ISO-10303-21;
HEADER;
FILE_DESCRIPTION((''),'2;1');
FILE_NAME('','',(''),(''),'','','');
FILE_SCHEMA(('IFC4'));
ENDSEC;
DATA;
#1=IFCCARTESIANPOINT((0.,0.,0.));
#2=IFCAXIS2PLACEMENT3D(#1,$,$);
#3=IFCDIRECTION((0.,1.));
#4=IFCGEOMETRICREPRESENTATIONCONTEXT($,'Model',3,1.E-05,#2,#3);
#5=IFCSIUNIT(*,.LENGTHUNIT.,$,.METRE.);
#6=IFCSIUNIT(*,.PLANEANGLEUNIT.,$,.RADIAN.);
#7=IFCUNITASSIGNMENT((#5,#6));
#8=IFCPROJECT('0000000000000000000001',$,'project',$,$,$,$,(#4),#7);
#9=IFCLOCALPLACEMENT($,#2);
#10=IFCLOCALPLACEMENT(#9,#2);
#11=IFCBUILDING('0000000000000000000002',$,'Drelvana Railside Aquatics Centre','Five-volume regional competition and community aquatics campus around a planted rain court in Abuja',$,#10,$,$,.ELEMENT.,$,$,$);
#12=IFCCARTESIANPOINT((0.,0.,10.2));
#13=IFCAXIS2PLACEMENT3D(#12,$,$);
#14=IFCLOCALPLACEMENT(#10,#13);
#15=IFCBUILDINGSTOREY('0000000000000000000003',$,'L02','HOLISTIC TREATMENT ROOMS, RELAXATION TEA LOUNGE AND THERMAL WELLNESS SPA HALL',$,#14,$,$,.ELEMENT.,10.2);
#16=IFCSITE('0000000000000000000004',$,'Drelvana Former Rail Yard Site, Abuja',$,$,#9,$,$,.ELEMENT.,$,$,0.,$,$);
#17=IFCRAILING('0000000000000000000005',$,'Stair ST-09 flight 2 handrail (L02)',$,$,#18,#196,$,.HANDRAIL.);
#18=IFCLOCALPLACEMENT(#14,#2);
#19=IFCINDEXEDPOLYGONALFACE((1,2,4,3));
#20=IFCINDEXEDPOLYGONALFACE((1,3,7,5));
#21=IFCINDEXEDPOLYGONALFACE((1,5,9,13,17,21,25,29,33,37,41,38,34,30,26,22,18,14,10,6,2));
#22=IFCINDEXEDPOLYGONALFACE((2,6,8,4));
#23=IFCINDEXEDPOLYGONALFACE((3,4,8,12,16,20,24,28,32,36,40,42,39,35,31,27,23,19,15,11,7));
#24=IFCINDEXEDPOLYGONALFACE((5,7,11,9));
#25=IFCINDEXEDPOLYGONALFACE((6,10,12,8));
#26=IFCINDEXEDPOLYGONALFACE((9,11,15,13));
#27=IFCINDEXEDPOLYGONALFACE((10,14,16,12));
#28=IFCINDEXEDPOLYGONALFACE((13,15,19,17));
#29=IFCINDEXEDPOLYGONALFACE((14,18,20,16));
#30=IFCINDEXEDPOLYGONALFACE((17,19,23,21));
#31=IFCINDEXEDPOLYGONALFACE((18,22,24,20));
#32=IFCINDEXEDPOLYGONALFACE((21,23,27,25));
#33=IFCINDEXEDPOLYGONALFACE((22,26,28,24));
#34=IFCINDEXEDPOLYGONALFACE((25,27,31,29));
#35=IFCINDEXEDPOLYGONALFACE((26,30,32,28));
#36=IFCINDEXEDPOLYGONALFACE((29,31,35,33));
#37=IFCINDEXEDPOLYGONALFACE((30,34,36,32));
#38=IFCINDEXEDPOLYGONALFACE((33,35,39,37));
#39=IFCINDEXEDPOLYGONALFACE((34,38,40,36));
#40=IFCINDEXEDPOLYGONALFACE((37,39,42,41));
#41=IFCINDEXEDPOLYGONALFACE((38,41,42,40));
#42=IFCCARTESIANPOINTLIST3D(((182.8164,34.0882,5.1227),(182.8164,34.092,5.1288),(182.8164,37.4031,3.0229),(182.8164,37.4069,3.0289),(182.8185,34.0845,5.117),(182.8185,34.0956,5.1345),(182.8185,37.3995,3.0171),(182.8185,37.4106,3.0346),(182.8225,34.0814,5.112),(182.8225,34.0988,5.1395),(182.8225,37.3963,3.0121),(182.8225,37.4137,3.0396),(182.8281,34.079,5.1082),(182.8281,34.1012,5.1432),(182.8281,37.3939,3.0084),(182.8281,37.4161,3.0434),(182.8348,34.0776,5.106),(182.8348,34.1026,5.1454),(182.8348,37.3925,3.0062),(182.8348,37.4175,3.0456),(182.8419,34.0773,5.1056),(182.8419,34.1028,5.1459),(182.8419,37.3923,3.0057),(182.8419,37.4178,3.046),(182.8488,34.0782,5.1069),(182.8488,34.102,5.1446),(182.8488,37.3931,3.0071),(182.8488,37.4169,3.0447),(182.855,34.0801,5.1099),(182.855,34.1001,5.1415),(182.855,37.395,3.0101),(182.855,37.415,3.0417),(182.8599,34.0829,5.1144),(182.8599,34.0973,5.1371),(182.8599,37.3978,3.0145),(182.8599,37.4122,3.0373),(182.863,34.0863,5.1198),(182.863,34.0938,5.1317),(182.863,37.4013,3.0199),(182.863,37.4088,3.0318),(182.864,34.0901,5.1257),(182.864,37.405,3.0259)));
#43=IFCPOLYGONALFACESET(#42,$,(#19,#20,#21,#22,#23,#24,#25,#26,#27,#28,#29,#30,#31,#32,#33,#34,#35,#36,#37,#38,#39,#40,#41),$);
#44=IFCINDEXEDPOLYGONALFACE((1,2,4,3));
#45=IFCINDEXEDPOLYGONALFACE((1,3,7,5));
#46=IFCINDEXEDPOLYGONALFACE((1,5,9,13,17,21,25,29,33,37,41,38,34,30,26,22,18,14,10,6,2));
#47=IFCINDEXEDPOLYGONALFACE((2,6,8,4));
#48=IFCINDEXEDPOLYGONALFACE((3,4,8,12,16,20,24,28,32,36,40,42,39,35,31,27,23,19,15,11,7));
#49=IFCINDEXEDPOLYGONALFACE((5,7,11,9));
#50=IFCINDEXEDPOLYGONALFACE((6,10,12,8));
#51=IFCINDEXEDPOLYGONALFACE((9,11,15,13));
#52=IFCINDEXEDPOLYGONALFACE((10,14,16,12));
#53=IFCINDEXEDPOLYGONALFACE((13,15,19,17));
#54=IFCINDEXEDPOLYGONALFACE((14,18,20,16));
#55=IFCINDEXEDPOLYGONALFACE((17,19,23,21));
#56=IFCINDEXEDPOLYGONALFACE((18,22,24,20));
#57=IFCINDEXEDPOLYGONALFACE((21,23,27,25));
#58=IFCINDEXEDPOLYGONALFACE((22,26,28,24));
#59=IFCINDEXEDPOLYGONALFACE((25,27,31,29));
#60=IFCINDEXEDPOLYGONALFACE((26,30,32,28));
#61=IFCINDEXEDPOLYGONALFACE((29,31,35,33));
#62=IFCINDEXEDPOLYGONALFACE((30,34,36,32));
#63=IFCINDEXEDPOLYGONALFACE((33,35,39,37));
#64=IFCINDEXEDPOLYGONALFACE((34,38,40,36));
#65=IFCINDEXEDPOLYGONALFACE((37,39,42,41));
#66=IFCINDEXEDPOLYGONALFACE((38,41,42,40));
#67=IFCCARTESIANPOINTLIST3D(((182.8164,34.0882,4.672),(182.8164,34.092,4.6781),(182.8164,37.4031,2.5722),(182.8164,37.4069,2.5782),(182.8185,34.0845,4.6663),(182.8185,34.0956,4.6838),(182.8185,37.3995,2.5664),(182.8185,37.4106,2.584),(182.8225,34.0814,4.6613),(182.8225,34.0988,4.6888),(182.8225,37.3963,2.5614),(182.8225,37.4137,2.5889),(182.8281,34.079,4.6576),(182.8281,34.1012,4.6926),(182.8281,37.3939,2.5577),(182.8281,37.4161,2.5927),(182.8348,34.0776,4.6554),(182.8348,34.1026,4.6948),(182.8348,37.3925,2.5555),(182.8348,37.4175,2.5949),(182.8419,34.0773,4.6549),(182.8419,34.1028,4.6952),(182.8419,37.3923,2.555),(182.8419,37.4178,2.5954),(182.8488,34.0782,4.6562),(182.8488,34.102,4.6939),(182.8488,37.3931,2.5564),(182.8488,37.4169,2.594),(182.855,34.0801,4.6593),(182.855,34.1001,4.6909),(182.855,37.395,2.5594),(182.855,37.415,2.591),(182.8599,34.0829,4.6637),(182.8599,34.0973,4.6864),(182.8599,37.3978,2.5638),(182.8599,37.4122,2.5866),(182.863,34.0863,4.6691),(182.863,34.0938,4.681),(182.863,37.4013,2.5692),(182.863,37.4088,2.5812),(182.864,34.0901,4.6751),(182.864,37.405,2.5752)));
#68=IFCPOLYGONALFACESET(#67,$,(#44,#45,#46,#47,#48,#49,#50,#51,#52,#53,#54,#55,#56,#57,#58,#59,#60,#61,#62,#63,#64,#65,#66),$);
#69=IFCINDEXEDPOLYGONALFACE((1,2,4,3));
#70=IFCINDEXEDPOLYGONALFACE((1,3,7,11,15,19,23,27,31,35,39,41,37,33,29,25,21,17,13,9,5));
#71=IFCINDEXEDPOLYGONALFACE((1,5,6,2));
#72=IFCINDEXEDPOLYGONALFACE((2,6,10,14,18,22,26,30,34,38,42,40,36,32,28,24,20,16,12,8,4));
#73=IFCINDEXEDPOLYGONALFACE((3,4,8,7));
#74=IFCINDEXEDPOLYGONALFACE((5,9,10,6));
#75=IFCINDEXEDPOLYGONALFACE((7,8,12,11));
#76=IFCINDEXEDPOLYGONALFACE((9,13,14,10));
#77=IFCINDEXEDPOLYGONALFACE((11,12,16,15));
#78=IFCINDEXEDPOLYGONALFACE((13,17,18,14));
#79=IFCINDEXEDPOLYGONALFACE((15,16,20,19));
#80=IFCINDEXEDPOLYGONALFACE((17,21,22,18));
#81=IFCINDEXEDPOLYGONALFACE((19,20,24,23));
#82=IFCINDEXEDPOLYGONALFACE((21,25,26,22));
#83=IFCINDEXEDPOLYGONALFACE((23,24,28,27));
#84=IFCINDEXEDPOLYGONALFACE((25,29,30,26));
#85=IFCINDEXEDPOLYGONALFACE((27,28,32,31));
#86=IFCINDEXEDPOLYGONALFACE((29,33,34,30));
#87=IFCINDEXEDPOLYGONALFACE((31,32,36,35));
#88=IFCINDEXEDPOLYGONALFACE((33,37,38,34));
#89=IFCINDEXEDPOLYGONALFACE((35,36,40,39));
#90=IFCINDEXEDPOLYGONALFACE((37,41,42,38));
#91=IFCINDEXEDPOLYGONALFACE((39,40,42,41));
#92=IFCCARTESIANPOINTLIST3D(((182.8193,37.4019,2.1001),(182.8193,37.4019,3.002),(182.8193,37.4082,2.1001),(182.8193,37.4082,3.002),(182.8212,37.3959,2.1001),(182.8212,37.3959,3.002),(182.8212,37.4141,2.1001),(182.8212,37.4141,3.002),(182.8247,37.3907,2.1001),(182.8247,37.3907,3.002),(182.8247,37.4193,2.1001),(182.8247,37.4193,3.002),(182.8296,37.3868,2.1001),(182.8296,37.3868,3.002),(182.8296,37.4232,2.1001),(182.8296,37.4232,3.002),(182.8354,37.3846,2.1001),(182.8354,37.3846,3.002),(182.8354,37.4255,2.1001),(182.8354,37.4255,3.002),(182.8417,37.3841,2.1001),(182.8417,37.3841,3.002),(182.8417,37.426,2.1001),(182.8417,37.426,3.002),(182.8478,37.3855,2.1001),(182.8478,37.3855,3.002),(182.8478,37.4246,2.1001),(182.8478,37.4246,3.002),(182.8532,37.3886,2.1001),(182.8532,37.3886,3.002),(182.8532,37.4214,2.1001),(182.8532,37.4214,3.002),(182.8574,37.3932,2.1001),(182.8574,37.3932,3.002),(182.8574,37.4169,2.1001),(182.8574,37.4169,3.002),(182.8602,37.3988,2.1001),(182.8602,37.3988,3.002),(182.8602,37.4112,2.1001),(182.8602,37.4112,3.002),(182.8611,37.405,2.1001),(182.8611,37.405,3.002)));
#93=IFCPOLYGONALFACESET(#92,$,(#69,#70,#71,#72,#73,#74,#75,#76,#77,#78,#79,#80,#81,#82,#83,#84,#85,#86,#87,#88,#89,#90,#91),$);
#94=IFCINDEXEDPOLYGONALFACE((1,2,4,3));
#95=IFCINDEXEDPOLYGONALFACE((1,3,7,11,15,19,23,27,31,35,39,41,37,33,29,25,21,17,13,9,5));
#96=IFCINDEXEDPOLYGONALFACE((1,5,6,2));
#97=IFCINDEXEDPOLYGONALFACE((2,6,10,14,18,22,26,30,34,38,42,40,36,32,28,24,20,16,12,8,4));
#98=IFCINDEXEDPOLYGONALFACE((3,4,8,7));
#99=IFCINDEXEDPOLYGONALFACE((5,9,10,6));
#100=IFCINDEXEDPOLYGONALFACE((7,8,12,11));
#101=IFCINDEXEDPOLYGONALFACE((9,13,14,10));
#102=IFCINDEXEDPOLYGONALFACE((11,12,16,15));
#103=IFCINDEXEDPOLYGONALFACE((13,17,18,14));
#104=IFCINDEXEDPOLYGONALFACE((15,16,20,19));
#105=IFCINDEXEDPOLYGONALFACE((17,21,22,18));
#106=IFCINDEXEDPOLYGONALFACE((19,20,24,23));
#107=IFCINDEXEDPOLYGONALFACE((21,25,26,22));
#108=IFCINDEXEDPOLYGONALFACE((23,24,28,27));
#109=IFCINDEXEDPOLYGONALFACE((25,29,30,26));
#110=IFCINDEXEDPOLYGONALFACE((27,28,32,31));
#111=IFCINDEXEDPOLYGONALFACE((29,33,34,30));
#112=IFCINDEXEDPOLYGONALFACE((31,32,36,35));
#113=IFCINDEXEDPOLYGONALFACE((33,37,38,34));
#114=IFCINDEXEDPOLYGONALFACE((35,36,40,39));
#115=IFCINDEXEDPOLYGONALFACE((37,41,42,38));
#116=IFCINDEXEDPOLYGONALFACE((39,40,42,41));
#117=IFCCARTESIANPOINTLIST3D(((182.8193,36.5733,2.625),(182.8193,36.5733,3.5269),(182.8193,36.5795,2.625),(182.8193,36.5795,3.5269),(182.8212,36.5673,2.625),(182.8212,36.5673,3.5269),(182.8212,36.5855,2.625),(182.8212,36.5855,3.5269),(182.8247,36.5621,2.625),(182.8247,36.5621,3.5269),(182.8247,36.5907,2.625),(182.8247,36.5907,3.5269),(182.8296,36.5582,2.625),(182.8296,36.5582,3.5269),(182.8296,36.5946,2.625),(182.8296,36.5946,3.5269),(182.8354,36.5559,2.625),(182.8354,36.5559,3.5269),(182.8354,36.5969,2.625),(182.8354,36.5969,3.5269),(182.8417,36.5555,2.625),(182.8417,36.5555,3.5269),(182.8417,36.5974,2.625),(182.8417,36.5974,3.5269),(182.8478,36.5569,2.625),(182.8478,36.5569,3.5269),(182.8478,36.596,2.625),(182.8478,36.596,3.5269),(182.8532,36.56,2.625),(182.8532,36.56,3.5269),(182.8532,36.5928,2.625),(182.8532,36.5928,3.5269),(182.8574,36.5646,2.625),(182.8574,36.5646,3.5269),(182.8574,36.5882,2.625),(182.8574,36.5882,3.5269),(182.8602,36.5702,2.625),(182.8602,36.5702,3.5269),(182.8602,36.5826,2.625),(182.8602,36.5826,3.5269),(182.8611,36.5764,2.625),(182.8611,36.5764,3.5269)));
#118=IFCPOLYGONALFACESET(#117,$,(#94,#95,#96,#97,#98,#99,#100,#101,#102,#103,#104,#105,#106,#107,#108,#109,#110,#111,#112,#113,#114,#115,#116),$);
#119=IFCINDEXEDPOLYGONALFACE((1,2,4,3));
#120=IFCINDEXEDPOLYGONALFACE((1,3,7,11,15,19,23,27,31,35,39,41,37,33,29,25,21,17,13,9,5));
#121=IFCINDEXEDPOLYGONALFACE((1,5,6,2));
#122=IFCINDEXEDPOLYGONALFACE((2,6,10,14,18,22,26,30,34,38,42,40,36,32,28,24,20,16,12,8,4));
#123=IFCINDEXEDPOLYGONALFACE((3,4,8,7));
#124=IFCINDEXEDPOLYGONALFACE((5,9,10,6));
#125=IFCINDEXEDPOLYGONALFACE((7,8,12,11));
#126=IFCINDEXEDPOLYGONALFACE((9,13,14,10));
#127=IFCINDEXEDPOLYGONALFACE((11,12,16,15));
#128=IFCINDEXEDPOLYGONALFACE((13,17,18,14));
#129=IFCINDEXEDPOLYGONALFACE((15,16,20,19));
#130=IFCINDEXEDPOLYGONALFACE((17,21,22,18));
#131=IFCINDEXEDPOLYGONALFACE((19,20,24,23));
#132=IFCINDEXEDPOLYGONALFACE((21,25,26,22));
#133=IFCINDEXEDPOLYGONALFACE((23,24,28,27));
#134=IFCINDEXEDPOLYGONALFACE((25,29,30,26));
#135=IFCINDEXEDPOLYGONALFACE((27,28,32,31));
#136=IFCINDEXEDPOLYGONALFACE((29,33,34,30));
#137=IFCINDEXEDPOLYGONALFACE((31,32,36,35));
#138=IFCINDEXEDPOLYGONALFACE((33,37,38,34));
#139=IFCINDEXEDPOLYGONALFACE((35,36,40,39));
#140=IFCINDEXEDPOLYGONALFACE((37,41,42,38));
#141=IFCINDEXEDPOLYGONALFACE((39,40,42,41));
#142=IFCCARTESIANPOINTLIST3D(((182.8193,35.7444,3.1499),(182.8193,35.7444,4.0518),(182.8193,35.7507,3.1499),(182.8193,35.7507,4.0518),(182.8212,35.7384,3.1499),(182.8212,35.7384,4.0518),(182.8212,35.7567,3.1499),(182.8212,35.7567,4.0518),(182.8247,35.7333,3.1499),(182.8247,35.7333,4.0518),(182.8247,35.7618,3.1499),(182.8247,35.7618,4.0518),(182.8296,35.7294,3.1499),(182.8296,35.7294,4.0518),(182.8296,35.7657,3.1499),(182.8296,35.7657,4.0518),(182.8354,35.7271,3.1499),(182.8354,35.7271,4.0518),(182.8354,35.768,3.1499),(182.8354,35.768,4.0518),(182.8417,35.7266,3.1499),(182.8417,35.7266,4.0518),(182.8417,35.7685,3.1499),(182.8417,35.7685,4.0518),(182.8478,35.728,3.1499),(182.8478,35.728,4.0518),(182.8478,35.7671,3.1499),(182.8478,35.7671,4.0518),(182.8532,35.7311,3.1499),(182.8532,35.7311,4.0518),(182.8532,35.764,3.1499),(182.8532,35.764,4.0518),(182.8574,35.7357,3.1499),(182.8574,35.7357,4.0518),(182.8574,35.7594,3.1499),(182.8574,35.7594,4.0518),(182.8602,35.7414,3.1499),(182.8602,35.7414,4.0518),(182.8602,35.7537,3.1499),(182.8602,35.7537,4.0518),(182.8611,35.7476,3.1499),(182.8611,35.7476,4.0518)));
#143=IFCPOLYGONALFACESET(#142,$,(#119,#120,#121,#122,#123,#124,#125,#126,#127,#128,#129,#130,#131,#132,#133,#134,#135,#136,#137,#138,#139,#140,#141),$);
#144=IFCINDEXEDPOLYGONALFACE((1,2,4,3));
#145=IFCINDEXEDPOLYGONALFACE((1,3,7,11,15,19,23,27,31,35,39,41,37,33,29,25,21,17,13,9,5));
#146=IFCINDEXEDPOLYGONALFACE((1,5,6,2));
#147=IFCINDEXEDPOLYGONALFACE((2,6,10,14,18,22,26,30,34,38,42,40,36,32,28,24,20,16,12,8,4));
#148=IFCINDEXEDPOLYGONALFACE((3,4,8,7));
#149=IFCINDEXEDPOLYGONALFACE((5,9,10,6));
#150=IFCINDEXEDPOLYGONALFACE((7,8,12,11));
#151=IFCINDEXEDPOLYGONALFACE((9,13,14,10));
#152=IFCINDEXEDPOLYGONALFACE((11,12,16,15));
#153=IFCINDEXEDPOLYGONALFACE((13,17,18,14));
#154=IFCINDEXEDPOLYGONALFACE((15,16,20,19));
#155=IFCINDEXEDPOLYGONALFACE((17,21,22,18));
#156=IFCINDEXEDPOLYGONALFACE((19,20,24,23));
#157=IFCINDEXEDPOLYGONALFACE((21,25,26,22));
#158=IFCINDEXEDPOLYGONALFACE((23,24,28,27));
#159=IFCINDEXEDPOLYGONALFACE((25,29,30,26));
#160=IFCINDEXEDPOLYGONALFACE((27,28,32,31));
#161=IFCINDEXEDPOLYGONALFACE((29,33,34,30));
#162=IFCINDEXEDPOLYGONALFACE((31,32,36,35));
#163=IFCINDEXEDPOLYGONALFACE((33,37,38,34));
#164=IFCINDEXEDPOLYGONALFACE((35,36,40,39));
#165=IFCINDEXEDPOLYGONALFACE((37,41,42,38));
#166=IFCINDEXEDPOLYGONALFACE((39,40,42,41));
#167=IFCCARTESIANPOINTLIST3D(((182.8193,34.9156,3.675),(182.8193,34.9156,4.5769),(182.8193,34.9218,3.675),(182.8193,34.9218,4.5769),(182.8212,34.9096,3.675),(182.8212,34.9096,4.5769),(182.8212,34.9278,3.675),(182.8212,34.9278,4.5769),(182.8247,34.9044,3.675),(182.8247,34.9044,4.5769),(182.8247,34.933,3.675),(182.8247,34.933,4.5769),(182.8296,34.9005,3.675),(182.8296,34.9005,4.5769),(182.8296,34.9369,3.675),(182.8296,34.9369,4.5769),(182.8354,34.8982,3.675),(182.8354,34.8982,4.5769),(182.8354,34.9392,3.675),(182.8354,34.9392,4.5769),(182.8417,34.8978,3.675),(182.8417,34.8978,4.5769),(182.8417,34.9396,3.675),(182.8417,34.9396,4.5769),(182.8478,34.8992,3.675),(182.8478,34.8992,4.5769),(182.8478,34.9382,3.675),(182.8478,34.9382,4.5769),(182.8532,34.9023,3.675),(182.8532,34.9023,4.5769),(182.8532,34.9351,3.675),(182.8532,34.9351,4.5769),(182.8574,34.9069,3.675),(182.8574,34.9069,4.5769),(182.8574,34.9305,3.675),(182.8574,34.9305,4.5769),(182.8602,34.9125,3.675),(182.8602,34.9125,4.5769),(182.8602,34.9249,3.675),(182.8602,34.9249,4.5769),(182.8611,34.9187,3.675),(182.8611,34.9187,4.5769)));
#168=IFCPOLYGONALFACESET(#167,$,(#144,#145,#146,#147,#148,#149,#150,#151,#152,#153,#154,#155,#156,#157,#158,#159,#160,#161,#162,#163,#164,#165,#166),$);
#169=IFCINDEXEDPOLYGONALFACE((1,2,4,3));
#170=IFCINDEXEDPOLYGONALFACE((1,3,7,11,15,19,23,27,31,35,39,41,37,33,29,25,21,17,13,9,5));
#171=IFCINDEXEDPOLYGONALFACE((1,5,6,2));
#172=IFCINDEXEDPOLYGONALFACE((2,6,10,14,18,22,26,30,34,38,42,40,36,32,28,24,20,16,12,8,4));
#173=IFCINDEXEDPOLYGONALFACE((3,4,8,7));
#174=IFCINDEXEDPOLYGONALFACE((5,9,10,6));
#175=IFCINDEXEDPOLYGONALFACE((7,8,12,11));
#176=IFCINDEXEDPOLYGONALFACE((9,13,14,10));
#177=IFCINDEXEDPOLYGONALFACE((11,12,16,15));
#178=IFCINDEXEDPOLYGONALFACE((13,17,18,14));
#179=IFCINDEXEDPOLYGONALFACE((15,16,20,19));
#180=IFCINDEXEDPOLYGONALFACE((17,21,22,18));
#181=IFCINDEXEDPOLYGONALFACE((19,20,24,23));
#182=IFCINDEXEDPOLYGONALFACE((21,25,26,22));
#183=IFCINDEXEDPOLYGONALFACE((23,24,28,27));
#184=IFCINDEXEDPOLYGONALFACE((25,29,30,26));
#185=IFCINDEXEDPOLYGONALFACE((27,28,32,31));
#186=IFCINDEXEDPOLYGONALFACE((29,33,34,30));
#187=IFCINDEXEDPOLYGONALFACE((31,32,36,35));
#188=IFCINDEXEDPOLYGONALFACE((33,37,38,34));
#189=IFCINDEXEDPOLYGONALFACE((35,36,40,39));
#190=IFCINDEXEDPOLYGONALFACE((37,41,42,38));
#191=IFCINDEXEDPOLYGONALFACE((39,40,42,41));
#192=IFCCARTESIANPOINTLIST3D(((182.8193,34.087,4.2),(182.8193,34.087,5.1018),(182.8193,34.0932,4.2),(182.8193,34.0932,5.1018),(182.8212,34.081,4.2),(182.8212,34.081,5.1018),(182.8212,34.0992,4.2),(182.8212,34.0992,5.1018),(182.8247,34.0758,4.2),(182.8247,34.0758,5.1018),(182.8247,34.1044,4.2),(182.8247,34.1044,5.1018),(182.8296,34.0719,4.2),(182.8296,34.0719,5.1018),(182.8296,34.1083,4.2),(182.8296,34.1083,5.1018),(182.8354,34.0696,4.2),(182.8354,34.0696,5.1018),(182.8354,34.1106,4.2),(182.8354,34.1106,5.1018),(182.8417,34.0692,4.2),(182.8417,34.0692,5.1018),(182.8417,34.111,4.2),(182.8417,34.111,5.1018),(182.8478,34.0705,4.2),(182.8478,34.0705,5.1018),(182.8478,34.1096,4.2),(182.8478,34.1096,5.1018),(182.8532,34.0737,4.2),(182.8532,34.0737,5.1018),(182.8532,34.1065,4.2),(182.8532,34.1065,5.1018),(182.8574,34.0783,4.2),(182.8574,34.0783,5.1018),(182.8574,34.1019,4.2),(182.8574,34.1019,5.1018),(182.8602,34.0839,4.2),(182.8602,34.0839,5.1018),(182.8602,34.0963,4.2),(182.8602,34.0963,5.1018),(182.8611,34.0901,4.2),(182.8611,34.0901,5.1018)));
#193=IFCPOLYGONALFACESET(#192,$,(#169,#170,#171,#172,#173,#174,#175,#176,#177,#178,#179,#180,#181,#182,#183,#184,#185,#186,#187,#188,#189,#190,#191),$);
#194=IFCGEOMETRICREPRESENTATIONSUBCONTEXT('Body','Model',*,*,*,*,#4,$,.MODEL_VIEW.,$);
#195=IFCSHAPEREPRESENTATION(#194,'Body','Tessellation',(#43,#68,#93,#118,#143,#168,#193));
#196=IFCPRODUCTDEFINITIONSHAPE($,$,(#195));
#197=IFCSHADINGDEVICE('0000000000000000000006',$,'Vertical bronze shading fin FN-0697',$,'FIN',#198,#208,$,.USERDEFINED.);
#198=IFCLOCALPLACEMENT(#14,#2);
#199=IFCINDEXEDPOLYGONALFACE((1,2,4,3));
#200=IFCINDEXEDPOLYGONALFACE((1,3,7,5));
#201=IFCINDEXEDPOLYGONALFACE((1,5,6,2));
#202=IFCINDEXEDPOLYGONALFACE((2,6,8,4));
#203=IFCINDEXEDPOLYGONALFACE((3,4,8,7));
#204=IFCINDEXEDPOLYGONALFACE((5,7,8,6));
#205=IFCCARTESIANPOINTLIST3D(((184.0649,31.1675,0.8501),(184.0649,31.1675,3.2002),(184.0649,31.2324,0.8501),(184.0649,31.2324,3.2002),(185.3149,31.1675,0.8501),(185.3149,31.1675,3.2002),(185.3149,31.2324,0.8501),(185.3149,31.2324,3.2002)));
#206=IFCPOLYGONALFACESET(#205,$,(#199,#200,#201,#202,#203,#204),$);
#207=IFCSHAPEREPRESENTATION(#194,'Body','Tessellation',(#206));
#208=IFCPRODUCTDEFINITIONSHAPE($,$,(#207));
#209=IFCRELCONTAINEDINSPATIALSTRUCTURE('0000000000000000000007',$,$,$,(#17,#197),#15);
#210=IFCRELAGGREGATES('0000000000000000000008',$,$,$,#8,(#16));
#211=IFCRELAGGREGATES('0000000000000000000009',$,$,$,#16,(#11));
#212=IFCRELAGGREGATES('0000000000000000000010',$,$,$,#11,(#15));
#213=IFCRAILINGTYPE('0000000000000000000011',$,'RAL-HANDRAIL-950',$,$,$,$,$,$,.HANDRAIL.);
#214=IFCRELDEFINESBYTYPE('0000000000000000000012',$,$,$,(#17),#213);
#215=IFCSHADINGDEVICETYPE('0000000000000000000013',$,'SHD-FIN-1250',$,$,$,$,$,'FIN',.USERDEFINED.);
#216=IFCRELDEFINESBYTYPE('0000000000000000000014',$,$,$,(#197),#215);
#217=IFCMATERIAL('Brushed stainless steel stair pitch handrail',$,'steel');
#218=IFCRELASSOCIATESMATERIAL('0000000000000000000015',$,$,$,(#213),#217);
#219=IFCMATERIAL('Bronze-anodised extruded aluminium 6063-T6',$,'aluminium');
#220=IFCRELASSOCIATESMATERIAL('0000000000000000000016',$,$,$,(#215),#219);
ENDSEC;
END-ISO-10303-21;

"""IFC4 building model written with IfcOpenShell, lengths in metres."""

from ifc_helpers import new_model, si_unit, direction, frame, origin, origin_2d, place, context, subcontext, project, spatial, rectangle, circle, extrude, material, type_object, element, save


model = new_model("IFC4")

# Units and contexts
model_context = context("Model", 3, precision=1e-05, world=origin(), true_north=direction((0.0, 1.0)))
body_context = subcontext(model_context, "Body", "Model", "MODEL_VIEW")
ifc_project = project(units=[si_unit("LENGTHUNIT", "METRE"), si_unit("PLANEANGLEUNIT", "RADIAN")], contexts=[model_context])

# Site, building, storey
site_placement = place(None, origin())
site = spatial("IfcSite", under=ifc_project, at=site_placement, Name="Drelvana Former Rail Yard Site, Abuja", CompositionType="ELEMENT", RefElevation=0.0)
building_placement = place(site_placement, origin())
building = spatial("IfcBuilding", under=site, at=building_placement, Name="Drelvana Railside Aquatics Centre", Description="Five-volume regional competition and community aquatics campus around a planted rain court in Abuja", CompositionType="ELEMENT")
storey_placement = place(building_placement, frame((0.0, 0.0, 10.2)))
storey = spatial("IfcBuildingStorey", under=building, at=storey_placement, Name="L02", Description="HOLISTIC TREATMENT ROOMS, RELAXATION TEA LOUNGE AND THERMAL WELLNESS SPA HALL", CompositionType="ELEMENT", Elevation=10.2)

# Shared definitions
ifc_material_1 = material(Name="Bronze-anodised extruded aluminium 6063-T6", Category="aluminium")

# Railing
ifc_material_2 = material(Name="Brushed stainless steel stair pitch handrail", Category="steel")
railing_type = type_object("IfcRailingType", Name="RAL-HANDRAIL-950", PredefinedType="HANDRAIL", material=ifc_material_2)
railing_1_placement = place(storey_placement, frame((182.8401, 37.405, 2.1001)))
element("IfcRailing", 1, at=railing_1_placement, inside=storey, type_object=railing_type, Name="Stair ST-09 flight 2 handrail (L02)", PredefinedType="HANDRAIL", context=body_context, shape_type="SweptSolid", body=[
    extrude(circle(Radius=0.0239, at=origin_2d()), frame((0.0, 0.0, 0.9258), z_axis=(0.0, -0.844774, 0.535123), x_axis=(1.0, 0.0, 0.0)), (0.0, 0.0, 1.0), 3.9241),
    extrude(circle(Radius=0.0239, at=origin_2d()), frame((0.0, 0.0, 0.4751), z_axis=(0.0, -0.844774, 0.535123), x_axis=(1.0, 0.0, 0.0)), (0.0, 0.0, 1.0), 3.9241),
    extrude(circle(Radius=0.021, at=origin_2d()), origin(), (0.0, 0.0, 1.0), 0.9019),
    extrude(circle(Radius=0.021, at=origin_2d()), frame((0.0, -0.8286, 0.5249)), (0.0, 0.0, 1.0), 0.9019),
    extrude(circle(Radius=0.021, at=origin_2d()), frame((0.0, -1.6575, 1.0498)), (0.0, 0.0, 1.0), 0.9019),
    extrude(circle(Radius=0.021, at=origin_2d()), frame((0.0, -2.4863, 1.575)), (0.0, 0.0, 1.0), 0.9019),
    extrude(circle(Radius=0.021, at=origin_2d()), frame((0.0, -3.3149, 2.0999)), (0.0, 0.0, 1.0), 0.9019),
])

# Shading device
shading_device_type = type_object("IfcShadingDeviceType", Name="SHD-FIN-1250", ElementType="FIN", PredefinedType="USERDEFINED", material=ifc_material_1)
shading_device_placement = place(storey_placement, frame((184.6899, 31.2, 0.8501), z_axis=(0.0, 0.0, 1.0), x_axis=(1.0, 0.0, 0.0)))
element("IfcShadingDevice", 2, at=shading_device_placement, inside=storey, type_object=shading_device_type, Name="Vertical bronze shading fin FN-0697", ObjectType="FIN", PredefinedType="USERDEFINED", context=body_context, shape_type="SweptSolid", body=[
    extrude(rectangle(XDim=1.25, YDim=0.0649, at=origin_2d()), origin(), (0.0, 0.0, 1.0), 2.3501),
])

save(model, "model.ifc")
